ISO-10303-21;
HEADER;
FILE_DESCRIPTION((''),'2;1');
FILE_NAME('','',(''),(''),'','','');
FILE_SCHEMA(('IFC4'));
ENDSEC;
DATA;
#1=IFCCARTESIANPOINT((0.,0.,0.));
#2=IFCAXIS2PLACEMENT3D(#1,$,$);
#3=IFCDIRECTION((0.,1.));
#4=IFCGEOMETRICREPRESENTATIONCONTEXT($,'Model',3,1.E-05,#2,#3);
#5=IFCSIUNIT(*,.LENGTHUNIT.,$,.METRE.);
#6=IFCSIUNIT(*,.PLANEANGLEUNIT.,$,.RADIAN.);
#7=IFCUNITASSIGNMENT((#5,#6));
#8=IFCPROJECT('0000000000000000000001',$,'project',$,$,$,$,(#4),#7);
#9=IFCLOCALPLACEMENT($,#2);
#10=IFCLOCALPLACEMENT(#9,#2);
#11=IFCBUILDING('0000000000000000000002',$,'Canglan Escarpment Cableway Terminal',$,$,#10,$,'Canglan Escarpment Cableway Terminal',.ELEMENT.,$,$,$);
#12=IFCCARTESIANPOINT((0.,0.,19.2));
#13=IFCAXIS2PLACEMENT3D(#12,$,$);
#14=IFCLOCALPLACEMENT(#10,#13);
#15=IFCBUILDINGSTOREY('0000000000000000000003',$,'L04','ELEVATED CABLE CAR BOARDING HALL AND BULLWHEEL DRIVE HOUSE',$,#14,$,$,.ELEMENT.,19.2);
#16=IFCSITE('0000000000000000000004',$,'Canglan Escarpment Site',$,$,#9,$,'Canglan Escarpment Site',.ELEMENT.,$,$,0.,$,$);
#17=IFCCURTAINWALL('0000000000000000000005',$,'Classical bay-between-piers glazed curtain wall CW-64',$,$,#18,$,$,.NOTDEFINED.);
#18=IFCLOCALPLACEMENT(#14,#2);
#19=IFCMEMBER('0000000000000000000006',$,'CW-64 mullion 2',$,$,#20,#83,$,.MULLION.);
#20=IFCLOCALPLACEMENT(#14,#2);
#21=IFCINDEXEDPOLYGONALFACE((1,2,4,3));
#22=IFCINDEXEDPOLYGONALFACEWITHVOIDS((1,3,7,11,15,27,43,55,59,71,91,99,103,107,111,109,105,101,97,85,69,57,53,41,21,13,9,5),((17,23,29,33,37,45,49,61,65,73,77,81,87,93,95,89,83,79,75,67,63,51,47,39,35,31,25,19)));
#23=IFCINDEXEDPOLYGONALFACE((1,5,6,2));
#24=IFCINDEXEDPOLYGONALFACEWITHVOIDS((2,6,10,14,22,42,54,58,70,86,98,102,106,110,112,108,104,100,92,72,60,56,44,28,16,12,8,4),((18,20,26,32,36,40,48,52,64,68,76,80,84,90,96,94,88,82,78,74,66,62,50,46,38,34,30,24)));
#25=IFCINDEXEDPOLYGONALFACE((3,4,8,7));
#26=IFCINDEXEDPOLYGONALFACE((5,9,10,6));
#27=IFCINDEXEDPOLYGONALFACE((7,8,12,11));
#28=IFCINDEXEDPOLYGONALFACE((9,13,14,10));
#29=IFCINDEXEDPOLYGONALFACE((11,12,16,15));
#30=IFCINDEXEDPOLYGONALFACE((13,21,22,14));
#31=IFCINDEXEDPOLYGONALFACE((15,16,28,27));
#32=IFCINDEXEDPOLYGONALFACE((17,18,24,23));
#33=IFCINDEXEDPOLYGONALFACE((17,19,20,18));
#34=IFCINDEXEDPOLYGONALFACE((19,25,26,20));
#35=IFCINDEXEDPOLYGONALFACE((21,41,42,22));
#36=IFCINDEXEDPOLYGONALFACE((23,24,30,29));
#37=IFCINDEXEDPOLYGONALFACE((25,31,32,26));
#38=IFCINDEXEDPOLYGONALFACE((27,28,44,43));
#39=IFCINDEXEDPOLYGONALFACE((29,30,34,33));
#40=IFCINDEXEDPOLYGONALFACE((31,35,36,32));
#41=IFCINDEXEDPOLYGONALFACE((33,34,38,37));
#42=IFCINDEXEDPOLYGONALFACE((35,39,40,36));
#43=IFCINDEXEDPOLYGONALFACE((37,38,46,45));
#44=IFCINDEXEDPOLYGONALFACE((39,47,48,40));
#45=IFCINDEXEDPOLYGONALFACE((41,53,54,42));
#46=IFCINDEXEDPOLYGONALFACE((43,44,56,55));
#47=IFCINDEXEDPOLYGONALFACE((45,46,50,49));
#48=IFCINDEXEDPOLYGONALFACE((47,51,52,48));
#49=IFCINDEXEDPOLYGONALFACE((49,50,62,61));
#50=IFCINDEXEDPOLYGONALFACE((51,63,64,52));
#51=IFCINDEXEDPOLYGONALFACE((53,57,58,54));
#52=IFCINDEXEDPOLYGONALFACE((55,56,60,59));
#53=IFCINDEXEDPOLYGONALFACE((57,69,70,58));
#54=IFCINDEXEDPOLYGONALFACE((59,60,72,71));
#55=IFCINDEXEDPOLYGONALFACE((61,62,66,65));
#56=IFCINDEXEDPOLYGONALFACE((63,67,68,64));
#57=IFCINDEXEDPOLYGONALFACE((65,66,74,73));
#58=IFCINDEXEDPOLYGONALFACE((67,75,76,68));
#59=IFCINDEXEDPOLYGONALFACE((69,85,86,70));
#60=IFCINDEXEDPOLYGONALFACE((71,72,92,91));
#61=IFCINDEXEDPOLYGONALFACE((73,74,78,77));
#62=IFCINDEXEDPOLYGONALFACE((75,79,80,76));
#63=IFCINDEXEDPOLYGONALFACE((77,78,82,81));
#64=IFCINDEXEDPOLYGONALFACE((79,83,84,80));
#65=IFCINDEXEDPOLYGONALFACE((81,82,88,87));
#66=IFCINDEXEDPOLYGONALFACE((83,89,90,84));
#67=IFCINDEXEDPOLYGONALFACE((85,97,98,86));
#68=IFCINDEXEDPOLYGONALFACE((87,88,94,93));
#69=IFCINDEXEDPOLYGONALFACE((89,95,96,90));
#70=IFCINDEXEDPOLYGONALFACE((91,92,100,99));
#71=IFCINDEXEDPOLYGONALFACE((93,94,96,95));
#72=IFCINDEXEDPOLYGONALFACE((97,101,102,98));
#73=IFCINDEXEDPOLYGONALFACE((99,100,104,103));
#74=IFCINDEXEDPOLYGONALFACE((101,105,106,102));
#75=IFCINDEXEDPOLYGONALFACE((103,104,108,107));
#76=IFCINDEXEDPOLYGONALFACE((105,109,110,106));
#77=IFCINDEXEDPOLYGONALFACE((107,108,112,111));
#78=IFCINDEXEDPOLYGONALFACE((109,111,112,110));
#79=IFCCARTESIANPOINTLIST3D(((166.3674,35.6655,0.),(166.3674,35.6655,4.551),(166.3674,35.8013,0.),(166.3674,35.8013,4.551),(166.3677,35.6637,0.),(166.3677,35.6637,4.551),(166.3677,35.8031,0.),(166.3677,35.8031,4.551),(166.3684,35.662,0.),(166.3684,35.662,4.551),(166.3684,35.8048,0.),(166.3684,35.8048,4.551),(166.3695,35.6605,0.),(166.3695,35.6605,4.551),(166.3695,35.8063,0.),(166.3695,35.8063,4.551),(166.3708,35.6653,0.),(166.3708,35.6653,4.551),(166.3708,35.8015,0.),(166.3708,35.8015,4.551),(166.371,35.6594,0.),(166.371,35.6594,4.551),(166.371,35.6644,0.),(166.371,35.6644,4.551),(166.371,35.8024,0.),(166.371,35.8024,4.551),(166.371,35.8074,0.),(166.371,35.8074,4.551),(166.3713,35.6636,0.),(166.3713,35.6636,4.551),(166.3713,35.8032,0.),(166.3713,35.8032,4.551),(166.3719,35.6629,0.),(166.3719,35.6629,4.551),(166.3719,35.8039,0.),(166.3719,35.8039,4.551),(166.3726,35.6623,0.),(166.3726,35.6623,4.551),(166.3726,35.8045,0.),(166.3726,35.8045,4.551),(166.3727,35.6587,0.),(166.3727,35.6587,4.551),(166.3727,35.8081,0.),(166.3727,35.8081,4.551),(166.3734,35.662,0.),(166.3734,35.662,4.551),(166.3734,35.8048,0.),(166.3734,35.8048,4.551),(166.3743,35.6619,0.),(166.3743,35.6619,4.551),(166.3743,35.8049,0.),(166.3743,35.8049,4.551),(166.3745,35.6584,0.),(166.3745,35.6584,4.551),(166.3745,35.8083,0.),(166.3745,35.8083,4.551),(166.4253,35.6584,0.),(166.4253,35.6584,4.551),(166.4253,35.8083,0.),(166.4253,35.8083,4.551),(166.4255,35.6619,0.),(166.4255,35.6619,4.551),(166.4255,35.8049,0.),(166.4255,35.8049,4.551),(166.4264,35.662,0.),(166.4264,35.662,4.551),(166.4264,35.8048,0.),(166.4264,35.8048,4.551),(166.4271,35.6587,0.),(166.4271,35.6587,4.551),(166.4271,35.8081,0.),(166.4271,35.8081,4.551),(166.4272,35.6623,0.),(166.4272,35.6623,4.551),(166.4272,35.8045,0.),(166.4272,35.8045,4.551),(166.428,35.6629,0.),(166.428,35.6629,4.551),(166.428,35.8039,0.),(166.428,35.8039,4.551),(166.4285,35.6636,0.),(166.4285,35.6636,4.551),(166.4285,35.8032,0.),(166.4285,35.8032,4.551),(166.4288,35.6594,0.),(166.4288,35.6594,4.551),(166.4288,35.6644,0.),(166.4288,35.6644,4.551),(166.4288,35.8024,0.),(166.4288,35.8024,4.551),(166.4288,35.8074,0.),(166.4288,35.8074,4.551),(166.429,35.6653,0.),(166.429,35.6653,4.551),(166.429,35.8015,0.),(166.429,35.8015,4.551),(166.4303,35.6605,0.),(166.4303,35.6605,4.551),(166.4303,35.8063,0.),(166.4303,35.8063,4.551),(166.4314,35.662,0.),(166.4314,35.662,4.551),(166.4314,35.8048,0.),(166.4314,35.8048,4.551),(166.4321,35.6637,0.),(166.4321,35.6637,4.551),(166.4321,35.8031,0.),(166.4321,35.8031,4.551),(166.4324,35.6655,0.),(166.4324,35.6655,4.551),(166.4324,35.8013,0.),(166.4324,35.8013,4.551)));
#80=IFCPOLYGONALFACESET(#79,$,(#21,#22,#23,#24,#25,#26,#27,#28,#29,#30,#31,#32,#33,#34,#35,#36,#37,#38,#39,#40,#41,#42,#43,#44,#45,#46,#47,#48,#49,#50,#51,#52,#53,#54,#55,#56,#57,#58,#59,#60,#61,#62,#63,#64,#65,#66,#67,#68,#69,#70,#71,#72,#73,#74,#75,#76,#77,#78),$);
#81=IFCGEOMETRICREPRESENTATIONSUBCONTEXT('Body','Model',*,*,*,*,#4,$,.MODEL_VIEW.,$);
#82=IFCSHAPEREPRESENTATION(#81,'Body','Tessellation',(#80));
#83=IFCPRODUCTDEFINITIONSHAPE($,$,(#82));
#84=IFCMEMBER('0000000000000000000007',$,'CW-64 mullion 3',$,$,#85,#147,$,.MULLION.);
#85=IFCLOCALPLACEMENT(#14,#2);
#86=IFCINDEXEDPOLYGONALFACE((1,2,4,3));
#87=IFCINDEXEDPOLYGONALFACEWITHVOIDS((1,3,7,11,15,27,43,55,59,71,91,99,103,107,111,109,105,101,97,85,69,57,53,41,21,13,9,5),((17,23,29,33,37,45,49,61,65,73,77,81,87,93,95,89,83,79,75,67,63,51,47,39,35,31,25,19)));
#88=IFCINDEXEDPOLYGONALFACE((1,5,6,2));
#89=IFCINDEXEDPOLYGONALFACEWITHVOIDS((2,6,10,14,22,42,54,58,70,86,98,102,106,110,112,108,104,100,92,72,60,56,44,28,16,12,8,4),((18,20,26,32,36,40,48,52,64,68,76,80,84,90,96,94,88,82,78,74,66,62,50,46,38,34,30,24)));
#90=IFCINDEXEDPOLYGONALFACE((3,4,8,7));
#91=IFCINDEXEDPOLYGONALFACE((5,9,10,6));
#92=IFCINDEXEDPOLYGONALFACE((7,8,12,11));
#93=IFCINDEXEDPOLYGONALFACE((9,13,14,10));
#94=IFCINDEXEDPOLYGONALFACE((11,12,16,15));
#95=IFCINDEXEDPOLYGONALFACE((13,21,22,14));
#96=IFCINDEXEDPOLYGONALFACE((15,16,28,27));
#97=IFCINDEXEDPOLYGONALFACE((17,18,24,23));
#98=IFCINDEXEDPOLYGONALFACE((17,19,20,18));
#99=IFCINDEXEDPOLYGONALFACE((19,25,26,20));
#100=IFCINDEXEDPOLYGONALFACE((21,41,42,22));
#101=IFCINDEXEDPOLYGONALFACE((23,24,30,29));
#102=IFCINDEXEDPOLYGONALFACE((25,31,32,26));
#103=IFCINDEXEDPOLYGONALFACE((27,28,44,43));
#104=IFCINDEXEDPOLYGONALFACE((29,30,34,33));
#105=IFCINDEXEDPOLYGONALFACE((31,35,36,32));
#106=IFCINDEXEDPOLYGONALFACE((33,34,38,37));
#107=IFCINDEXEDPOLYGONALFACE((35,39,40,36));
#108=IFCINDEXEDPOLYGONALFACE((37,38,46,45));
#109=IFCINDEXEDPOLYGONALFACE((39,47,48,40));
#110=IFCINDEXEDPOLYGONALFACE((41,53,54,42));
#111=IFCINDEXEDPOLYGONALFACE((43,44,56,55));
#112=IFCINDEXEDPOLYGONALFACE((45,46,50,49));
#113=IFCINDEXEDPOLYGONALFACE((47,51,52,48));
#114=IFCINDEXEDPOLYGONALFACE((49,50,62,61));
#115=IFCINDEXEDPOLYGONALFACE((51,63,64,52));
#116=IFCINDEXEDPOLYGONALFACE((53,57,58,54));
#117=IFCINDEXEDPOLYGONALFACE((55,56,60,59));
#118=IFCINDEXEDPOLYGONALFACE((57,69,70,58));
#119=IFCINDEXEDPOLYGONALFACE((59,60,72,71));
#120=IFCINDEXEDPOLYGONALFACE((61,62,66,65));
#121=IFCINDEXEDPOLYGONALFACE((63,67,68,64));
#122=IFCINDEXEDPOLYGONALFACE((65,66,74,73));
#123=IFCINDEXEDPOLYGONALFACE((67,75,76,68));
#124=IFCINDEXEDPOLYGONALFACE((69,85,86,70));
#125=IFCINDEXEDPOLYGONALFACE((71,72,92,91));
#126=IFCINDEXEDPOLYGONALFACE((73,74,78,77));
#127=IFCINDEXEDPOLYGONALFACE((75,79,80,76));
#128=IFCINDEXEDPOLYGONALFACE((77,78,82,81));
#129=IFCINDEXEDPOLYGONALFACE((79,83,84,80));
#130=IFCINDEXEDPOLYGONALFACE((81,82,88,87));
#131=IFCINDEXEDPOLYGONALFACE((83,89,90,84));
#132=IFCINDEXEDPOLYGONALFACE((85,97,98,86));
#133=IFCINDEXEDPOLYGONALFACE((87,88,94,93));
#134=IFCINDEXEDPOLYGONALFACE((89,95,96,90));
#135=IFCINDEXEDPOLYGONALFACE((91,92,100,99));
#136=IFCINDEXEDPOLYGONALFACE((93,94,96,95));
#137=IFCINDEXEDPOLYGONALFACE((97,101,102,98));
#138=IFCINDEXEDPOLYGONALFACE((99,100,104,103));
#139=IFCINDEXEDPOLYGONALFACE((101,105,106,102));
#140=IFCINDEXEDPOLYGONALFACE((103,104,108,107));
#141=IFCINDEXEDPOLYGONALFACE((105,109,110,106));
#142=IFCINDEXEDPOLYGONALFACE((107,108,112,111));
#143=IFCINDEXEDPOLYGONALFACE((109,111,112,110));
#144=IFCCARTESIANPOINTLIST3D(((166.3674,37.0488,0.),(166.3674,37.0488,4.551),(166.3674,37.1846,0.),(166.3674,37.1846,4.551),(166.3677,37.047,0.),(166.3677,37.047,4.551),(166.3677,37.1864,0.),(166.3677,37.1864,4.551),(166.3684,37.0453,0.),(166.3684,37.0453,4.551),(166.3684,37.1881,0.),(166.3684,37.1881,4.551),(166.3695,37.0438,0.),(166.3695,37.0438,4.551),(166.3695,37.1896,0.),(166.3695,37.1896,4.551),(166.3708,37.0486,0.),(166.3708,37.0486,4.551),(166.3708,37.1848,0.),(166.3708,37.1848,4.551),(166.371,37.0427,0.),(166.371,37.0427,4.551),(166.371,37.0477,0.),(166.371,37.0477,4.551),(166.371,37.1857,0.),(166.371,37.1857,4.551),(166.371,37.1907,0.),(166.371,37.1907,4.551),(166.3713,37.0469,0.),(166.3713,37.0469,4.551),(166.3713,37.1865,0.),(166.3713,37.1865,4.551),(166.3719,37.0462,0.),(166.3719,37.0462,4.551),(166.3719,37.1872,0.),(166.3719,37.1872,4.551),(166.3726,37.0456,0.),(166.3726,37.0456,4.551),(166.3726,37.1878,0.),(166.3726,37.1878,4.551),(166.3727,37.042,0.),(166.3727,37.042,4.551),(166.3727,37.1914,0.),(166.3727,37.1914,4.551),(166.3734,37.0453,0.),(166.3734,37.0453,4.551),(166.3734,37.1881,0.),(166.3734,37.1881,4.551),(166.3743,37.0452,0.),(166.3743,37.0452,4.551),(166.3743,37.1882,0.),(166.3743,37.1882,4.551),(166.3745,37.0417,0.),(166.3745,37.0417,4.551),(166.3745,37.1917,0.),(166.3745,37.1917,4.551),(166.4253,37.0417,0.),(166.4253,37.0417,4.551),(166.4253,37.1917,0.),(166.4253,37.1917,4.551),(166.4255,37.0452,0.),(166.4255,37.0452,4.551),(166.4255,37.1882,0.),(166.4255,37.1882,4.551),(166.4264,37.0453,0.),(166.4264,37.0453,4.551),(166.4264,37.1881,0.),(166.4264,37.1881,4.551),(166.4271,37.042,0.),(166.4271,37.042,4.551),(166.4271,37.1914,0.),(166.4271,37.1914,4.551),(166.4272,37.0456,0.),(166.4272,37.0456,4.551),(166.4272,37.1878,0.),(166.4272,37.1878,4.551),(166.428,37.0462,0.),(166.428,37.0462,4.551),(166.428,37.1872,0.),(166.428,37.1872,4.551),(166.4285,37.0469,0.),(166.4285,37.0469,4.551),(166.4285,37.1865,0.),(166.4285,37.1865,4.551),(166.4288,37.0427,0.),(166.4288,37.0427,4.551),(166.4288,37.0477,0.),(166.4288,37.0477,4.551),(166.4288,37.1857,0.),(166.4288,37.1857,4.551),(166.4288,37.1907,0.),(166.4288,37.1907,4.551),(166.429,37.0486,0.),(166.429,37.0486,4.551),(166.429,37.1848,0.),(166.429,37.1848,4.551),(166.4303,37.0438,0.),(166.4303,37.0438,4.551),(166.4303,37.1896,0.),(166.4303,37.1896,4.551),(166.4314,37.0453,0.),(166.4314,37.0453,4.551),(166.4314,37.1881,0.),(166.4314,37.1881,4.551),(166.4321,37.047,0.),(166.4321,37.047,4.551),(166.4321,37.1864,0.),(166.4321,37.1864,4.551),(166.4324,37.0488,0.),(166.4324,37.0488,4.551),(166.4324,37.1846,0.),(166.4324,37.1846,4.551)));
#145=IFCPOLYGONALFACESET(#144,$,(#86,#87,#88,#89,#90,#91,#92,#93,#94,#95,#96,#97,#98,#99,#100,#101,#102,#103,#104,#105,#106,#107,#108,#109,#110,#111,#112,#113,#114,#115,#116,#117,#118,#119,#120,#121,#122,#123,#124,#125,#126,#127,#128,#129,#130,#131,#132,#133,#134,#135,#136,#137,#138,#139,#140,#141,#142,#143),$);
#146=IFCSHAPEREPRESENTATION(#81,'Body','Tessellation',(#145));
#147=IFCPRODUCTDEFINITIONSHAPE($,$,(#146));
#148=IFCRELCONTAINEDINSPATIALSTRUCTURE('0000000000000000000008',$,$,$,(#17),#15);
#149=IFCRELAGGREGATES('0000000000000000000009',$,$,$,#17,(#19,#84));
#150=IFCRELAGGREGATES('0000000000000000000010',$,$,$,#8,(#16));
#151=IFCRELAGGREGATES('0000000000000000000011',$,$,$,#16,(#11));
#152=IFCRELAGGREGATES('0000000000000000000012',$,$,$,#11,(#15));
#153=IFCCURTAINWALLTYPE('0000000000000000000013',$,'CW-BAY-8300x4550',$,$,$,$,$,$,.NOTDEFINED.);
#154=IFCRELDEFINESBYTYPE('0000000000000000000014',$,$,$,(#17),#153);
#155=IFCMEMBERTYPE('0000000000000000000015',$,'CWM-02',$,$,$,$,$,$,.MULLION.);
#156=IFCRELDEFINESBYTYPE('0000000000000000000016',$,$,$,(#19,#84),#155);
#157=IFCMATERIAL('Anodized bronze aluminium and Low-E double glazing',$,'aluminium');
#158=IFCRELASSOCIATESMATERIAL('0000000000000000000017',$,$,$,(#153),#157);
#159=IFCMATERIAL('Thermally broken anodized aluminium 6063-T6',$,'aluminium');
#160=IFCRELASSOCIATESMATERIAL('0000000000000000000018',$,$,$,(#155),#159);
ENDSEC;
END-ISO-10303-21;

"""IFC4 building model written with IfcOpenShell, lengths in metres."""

from ifc_helpers import new_model, si_unit, direction, frame, origin, origin_2d, place, context, subcontext, project, spatial, hollow_rectangle, extrude, material, material_profile, profile_set, type_object, element, aggregate, save


model = new_model("IFC4")

# Units and contexts
model_context = context("Model", 3, precision=1e-05, world=origin(), true_north=direction((0.0, 1.0)))
body_context = subcontext(model_context, "Body", "Model", "MODEL_VIEW")
ifc_project = project(units=[si_unit("LENGTHUNIT", "METRE"), si_unit("PLANEANGLEUNIT", "RADIAN")], contexts=[model_context])

# Site, building, storey
site_placement = place(None, origin())
site = spatial("IfcSite", under=ifc_project, at=site_placement, Name="Canglan Escarpment Site", LongName="Canglan Escarpment Site", CompositionType="ELEMENT", RefElevation=0.0)
building_placement = place(site_placement, origin())
building = spatial("IfcBuilding", under=site, at=building_placement, Name="Canglan Escarpment Cableway Terminal", LongName="Canglan Escarpment Cableway Terminal", CompositionType="ELEMENT")
storey_placement = place(building_placement, frame((0.0, 0.0, 19.2)))
storey = spatial("IfcBuildingStorey", under=building, at=storey_placement, Name="L04", Description="ELEVATED CABLE CAR BOARDING HALL AND BULLWHEEL DRIVE HOUSE", CompositionType="ELEMENT", Elevation=19.2)

# Curtain wall, members
ifc_material_1 = material(Name="Anodized bronze aluminium and Low-E double glazing", Category="aluminium")
curtain_wall_type_1 = type_object("IfcCurtainWallType", Name="CW-BAY-8300x4550", PredefinedType="NOTDEFINED", material=ifc_material_1)
curtain_wall_1_placement = place(storey_placement, origin())
curtain_wall_1 = element("IfcCurtainWall", 1, at=curtain_wall_1_placement, inside=storey, type_object=curtain_wall_type_1, Name="Classical bay-between-piers glazed curtain wall CW-64", PredefinedType="NOTDEFINED")
ifc_material_2 = material(Name="Thermally broken anodized aluminium 6063-T6", Category="aluminium")
ifc_material_profile_1 = material_profile(ifc_material_2, hollow_rectangle(XDim=0.0649, YDim=0.1499, WallThickness=0.0034, InnerFilletRadius=0.0034, OuterFilletRadius=0.0071, at=origin_2d()), Name="ALU-MULL 65x150x3.5")
ifc_profile_set_1 = profile_set([ifc_material_profile_1], Name="Thermally broken anodized aluminium 6063-T6")
member_type_1 = type_object("IfcMemberType", Name="CWM-02", PredefinedType="MULLION", material=ifc_profile_set_1)
member_1_placement = place(storey_placement, frame((166.3999, 35.7334, 0.0), z_axis=(0.0, 0.0, 1.0), x_axis=(-1.0, 0.0, 0.0)))
member_1 = element("IfcMember", 2, at=member_1_placement, type_object=member_type_1, Name="CW-64 mullion 2", PredefinedType="MULLION", context=body_context, shape_type="SweptSolid", body=[
    extrude(hollow_rectangle(XDim=0.0649, YDim=0.1499, WallThickness=0.0034, InnerFilletRadius=0.0034, OuterFilletRadius=0.0071, at=origin_2d()), origin(), (0.0, 0.0, 1.0), 4.551),
])
member_2_placement = place(storey_placement, frame((166.3999, 37.1167, 0.0), z_axis=(0.0, 0.0, 1.0), x_axis=(-1.0, 0.0, 0.0)))
member_2 = element("IfcMember", 3, at=member_2_placement, type_object=member_type_1, Name="CW-64 mullion 3", PredefinedType="MULLION", context=body_context, shape_type="SweptSolid", body=[
    extrude(hollow_rectangle(XDim=0.0649, YDim=0.1499, WallThickness=0.0034, InnerFilletRadius=0.0034, OuterFilletRadius=0.0071, at=origin_2d()), origin(), (0.0, 0.0, 1.0), 4.551),
])

aggregate(curtain_wall_1, [member_1, member_2])

save(model, "model.ifc")
